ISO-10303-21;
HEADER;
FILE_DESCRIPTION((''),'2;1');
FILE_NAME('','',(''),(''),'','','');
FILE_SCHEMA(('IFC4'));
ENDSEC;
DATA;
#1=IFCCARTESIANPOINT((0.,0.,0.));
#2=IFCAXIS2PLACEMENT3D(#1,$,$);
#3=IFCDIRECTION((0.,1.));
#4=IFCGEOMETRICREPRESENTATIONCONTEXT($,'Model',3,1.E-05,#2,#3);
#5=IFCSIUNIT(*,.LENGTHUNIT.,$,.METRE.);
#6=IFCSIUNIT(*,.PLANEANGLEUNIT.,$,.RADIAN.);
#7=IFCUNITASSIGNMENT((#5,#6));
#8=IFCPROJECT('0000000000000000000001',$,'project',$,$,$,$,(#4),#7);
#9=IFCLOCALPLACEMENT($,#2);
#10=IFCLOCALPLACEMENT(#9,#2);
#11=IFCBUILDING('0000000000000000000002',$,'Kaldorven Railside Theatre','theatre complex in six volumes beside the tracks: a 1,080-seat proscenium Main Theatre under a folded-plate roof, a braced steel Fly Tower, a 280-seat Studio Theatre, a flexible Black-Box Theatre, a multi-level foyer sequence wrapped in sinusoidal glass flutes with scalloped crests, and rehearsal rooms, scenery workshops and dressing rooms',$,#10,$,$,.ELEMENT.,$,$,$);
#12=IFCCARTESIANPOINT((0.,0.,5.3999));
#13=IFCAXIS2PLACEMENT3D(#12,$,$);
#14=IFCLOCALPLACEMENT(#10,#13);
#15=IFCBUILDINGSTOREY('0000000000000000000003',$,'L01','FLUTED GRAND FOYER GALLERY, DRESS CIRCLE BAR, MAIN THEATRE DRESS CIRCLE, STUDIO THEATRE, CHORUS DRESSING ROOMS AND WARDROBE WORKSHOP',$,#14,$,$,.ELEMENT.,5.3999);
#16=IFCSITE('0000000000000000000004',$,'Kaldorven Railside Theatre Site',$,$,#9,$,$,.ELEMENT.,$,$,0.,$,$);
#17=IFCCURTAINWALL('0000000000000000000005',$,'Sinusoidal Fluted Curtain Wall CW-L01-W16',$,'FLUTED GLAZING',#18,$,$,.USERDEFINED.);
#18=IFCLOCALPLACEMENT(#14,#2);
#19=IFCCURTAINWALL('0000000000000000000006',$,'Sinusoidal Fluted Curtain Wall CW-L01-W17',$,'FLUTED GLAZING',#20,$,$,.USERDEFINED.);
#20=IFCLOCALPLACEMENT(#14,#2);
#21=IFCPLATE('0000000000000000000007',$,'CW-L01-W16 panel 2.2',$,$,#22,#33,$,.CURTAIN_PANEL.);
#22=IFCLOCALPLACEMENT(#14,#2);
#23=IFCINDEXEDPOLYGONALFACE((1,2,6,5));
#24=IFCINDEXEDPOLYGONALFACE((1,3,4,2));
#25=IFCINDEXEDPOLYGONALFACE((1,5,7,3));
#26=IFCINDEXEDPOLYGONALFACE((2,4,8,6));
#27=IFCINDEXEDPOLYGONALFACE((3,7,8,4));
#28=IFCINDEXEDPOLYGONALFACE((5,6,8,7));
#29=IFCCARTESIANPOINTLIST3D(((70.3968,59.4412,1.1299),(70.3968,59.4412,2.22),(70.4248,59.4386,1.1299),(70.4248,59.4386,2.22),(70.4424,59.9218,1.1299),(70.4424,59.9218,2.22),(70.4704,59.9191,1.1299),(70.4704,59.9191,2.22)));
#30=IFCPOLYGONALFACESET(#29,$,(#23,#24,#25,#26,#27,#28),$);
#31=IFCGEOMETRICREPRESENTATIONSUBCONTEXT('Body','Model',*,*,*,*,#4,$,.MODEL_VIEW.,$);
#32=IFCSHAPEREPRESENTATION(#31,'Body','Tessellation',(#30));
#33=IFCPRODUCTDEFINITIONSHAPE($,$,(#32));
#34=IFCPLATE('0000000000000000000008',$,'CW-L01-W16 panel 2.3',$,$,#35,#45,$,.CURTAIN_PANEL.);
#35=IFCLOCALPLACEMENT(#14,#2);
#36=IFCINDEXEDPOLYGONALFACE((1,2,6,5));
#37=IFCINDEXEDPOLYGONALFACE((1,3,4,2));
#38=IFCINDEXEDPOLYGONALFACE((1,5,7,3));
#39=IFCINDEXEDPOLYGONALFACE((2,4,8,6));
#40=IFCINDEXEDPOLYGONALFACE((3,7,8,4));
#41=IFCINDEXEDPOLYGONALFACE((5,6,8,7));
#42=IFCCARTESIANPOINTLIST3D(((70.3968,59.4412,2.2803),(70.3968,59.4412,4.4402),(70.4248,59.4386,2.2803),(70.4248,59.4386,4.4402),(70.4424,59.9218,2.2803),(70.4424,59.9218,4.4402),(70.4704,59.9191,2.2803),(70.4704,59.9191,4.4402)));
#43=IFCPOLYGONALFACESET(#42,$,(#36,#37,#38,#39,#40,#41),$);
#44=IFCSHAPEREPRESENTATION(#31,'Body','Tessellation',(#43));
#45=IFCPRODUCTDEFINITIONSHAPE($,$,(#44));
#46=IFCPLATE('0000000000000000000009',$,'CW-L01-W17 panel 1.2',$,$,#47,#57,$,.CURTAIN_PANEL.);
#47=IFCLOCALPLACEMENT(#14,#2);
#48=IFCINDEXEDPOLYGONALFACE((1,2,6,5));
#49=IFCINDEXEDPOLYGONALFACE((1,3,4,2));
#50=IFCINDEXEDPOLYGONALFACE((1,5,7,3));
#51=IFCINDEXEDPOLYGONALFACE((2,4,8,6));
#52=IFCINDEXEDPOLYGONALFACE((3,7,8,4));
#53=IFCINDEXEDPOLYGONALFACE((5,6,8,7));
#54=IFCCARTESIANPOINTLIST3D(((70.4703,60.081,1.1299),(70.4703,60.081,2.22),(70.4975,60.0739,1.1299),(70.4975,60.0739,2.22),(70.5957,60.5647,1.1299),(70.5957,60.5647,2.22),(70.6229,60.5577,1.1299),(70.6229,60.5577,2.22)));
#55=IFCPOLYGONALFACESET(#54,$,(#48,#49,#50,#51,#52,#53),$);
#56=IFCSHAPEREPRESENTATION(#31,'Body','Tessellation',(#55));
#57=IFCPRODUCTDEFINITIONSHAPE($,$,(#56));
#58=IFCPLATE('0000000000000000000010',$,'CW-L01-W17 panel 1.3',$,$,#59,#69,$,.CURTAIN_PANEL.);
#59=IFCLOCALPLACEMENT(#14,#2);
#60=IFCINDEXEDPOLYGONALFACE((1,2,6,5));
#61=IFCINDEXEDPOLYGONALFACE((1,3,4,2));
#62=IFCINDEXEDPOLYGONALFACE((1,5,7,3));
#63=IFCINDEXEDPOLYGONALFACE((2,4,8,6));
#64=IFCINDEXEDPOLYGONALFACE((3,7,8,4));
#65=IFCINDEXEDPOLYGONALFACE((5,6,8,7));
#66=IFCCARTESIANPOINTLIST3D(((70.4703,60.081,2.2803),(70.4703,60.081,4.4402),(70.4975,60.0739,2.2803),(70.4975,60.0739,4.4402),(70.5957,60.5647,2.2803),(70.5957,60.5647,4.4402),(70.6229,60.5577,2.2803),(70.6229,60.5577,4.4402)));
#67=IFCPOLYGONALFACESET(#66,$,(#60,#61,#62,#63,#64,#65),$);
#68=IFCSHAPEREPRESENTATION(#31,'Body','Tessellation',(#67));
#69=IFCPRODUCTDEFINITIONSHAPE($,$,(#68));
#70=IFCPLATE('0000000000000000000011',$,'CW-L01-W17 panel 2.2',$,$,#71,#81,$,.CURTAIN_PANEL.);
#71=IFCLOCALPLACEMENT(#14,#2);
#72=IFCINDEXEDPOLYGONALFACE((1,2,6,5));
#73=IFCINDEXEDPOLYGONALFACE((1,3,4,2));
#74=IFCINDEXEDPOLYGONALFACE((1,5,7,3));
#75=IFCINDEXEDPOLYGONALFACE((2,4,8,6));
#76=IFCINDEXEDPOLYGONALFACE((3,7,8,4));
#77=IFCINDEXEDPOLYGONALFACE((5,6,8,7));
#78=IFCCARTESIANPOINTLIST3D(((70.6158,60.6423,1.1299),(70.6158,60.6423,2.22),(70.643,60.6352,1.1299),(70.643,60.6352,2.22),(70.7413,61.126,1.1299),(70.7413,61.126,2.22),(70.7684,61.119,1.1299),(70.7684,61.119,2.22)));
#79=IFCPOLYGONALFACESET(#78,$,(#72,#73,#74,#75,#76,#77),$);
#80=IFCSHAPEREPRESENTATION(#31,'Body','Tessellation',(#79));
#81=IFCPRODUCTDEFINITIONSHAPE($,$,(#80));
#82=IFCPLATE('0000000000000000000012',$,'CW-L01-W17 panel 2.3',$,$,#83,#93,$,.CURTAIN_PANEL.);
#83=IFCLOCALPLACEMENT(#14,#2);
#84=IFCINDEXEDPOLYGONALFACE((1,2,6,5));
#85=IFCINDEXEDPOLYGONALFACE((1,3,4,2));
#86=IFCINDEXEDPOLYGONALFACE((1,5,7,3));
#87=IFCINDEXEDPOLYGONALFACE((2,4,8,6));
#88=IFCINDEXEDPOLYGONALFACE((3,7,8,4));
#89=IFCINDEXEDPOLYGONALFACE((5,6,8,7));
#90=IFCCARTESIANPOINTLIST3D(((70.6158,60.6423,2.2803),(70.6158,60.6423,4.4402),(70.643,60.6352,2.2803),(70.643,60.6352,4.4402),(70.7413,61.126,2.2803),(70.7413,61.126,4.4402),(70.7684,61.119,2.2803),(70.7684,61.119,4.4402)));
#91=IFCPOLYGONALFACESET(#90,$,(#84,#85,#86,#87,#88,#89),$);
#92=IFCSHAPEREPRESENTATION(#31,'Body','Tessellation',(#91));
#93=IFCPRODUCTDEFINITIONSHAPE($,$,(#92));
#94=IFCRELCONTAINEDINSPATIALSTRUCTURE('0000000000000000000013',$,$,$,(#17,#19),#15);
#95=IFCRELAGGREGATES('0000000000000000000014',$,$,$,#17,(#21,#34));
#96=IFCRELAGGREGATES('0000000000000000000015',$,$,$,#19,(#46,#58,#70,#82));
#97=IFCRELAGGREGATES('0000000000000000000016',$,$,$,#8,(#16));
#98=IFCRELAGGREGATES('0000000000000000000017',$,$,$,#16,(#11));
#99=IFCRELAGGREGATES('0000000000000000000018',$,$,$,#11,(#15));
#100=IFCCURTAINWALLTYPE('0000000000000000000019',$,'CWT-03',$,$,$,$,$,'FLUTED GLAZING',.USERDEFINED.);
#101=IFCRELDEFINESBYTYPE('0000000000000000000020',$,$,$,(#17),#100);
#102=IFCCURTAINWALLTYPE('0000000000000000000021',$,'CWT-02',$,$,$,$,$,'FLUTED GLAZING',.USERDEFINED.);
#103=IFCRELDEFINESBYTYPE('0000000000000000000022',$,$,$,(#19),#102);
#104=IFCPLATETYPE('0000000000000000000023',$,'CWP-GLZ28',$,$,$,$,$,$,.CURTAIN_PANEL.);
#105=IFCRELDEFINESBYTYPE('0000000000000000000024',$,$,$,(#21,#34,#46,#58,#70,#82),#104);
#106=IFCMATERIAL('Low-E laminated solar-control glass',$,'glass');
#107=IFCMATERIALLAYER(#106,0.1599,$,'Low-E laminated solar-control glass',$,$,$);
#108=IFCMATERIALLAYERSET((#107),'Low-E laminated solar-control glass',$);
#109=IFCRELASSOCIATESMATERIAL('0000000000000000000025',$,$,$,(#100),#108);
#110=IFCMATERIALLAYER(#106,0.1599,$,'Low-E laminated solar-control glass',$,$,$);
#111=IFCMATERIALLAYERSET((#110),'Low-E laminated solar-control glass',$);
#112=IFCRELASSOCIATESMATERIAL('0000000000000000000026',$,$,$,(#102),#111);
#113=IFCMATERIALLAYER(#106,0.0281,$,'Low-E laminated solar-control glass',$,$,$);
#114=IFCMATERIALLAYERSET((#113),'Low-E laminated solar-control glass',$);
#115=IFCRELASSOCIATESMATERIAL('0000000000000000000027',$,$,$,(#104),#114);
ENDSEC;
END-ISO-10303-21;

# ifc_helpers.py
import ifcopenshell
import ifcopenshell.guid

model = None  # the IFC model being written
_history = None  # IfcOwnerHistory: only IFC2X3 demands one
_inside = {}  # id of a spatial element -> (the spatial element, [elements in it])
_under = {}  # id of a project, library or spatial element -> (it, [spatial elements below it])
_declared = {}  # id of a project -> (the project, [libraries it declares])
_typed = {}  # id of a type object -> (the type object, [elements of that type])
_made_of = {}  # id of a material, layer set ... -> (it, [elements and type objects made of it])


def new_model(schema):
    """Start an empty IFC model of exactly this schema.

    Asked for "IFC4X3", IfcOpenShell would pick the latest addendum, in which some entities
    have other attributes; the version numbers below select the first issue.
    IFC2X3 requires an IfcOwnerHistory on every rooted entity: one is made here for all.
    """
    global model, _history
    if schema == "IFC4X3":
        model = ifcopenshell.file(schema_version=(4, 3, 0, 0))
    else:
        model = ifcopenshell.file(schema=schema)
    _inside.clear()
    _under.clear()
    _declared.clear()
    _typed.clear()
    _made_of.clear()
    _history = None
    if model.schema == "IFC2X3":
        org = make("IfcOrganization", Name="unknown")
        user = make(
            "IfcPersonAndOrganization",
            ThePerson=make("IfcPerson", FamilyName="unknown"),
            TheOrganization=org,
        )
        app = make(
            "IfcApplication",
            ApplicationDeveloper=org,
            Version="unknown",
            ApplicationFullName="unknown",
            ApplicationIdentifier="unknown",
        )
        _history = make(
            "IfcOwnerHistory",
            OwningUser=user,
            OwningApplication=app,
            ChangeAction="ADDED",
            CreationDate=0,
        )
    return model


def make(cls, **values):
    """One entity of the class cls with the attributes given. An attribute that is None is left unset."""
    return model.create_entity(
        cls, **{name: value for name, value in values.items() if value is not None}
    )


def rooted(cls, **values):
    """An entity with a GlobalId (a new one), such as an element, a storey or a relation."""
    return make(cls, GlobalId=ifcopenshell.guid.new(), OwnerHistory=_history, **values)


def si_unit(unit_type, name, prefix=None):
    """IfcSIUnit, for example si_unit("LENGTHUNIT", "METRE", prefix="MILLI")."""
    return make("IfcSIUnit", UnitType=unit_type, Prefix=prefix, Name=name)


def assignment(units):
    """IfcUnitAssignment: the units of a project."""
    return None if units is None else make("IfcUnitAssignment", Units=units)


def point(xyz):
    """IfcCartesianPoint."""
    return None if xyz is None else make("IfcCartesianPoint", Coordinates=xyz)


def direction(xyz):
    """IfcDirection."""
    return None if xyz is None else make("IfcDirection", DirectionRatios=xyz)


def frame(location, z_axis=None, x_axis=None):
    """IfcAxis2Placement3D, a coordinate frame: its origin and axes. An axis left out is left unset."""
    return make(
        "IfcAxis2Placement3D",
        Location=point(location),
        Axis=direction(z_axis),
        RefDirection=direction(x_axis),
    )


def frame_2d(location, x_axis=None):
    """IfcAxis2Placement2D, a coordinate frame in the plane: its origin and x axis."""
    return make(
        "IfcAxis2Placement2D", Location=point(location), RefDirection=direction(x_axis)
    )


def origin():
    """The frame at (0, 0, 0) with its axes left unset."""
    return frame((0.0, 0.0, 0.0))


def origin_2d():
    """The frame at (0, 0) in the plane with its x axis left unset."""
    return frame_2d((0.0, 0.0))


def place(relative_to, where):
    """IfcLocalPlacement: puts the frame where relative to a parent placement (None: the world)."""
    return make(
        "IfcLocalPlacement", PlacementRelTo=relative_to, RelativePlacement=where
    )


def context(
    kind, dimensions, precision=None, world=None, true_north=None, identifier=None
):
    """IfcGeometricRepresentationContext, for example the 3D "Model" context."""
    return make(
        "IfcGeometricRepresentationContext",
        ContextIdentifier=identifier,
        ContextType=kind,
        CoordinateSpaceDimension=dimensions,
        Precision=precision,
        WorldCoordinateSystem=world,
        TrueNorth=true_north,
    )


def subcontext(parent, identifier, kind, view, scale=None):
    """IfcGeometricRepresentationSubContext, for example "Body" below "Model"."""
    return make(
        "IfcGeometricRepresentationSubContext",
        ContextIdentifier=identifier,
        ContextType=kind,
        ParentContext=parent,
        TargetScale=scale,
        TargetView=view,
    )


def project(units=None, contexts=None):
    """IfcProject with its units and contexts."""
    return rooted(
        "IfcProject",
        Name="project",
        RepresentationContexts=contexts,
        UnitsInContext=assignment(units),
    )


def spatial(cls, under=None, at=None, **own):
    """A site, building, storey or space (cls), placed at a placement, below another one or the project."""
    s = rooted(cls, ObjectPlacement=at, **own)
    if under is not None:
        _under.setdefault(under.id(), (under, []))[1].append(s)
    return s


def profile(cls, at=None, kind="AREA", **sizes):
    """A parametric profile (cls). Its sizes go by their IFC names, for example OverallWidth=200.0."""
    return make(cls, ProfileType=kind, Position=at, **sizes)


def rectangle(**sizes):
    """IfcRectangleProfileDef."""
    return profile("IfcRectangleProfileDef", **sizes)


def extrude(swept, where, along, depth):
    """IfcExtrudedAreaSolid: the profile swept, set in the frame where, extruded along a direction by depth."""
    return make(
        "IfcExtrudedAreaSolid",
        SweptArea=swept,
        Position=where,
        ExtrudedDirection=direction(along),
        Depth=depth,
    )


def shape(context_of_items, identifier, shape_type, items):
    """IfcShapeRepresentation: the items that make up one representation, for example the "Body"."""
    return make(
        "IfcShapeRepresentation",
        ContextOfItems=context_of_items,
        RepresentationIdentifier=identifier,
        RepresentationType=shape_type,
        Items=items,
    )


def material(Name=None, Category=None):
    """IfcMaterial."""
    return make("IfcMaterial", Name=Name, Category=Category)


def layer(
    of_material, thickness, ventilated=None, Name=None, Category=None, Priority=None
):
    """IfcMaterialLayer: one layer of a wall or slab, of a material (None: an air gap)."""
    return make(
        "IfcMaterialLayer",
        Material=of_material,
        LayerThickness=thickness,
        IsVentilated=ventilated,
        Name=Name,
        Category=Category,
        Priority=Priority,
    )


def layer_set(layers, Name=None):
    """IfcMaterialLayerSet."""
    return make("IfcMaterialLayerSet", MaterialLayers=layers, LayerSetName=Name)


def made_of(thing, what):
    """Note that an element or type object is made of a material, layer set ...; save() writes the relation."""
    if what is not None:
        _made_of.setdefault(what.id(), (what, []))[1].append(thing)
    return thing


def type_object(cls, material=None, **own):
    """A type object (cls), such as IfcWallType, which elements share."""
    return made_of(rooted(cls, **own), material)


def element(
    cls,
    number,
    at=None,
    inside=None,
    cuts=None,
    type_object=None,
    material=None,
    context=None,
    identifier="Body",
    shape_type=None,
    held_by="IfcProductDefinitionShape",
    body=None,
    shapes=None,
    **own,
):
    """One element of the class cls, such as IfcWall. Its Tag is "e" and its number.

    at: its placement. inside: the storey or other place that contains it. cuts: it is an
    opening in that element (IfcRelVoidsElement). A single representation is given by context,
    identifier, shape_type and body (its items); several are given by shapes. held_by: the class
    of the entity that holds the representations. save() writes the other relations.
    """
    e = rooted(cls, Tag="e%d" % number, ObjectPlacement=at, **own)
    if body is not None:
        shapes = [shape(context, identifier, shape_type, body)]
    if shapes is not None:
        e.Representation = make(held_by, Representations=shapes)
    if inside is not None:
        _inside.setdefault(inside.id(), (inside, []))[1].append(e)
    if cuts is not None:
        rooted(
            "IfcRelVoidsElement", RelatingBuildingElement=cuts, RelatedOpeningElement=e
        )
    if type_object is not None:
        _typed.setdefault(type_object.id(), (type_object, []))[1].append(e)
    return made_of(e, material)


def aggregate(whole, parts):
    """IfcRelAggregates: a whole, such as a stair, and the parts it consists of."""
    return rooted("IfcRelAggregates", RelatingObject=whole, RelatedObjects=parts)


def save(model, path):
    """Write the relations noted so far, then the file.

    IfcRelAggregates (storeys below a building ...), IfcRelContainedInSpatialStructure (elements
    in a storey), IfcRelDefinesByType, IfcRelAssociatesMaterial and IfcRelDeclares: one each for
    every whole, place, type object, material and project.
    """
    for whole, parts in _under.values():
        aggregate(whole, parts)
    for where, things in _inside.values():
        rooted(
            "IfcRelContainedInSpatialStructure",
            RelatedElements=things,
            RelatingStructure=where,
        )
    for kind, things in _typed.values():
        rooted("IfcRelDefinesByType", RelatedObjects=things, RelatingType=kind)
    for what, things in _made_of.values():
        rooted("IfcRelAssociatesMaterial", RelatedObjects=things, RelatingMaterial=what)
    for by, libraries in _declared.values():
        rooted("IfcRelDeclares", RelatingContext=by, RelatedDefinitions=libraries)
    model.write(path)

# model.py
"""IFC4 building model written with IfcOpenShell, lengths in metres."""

from ifc_helpers import new_model, si_unit, direction, frame, origin, origin_2d, place, context, subcontext, project, spatial, rectangle, extrude, material, layer, layer_set, type_object, element, aggregate, save


model = new_model("IFC4")

# Units and contexts
model_context = context("Model", 3, precision=1e-05, world=origin(), true_north=direction((0.0, 1.0)))
body_context = subcontext(model_context, "Body", "Model", "MODEL_VIEW")
ifc_project = project(units=[si_unit("LENGTHUNIT", "METRE"), si_unit("PLANEANGLEUNIT", "RADIAN")], contexts=[model_context])

# Site, building, storey
site_placement = place(None, origin())
site = spatial("IfcSite", under=ifc_project, at=site_placement, Name="Kaldorven Railside Theatre Site", CompositionType="ELEMENT", RefElevation=0.0)
building_placement = place(site_placement, origin())
building = spatial("IfcBuilding", under=site, at=building_placement, Name="Kaldorven Railside Theatre", Description="theatre complex in six volumes beside the tracks: a 1,080-seat proscenium Main Theatre under a folded-plate roof, a braced steel Fly Tower, a 280-seat Studio Theatre, a flexible Black-Box Theatre, a multi-level foyer sequence wrapped in sinusoidal glass flutes with scalloped crests, and rehearsal rooms, scenery workshops and dressing rooms", CompositionType="ELEMENT")
storey_placement = place(building_placement, frame((0.0, 0.0, 5.3999)))
storey = spatial("IfcBuildingStorey", under=building, at=storey_placement, Name="L01", Description="FLUTED GRAND FOYER GALLERY, DRESS CIRCLE BAR, MAIN THEATRE DRESS CIRCLE, STUDIO THEATRE, CHORUS DRESSING ROOMS AND WARDROBE WORKSHOP", CompositionType="ELEMENT", Elevation=5.3999)

# Curtain walls
ifc_material_1 = material(Name="Low-E laminated solar-control glass", Category="glass")
ifc_layer_1 = layer(ifc_material_1, 0.1599, Name="Low-E laminated solar-control glass")
ifc_layer_set_1 = layer_set([ifc_layer_1], Name="Low-E laminated solar-control glass")
curtain_wall_type_1 = type_object("IfcCurtainWallType", Name="CWT-03", ElementType="FLUTED GLAZING", PredefinedType="USERDEFINED", material=ifc_layer_set_1)
curtain_wall_1_placement = place(storey_placement, origin())
curtain_wall_1 = element("IfcCurtainWall", 1, at=curtain_wall_1_placement, inside=storey, type_object=curtain_wall_type_1, Name="Sinusoidal Fluted Curtain Wall CW-L01-W16", ObjectType="FLUTED GLAZING", PredefinedType="USERDEFINED")
ifc_layer_2 = layer(ifc_material_1, 0.1599, Name="Low-E laminated solar-control glass")
ifc_layer_set_2 = layer_set([ifc_layer_2], Name="Low-E laminated solar-control glass")
curtain_wall_type_2 = type_object("IfcCurtainWallType", Name="CWT-02", ElementType="FLUTED GLAZING", PredefinedType="USERDEFINED", material=ifc_layer_set_2)
curtain_wall_2_placement = place(storey_placement, origin())
curtain_wall_2 = element("IfcCurtainWall", 2, at=curtain_wall_2_placement, inside=storey, type_object=curtain_wall_type_2, Name="Sinusoidal Fluted Curtain Wall CW-L01-W17", ObjectType="FLUTED GLAZING", PredefinedType="USERDEFINED")

# Plates
ifc_layer_3 = layer(ifc_material_1, 0.0281, Name="Low-E laminated solar-control glass")
ifc_layer_set_3 = layer_set([ifc_layer_3], Name="Low-E laminated solar-control glass")
plate_type = type_object("IfcPlateType", Name="CWP-GLZ28", PredefinedType="CURTAIN_PANEL", material=ifc_layer_set_3)
plate_1_placement = place(storey_placement, frame((70.4336, 59.6802, 1.1299), z_axis=(0.0, 0.0, 1.0), x_axis=(0.094492, 0.995526, 0.0)))
plate_1 = element("IfcPlate", 3, at=plate_1_placement, type_object=plate_type, Name="CW-L01-W16 panel 2.2", PredefinedType="CURTAIN_PANEL", context=body_context, shape_type="SweptSolid", body=[
    extrude(rectangle(XDim=0.4827, YDim=0.0281, at=origin_2d()), origin(), (0.0, 0.0, 1.0), 1.0901),
])
plate_2_placement = place(storey_placement, frame((70.4336, 59.6802, 2.2803), z_axis=(0.0, 0.0, 1.0), x_axis=(0.094492, 0.995526, 0.0)))
plate_2 = element("IfcPlate", 4, at=plate_2_placement, type_object=plate_type, Name="CW-L01-W16 panel 2.3", PredefinedType="CURTAIN_PANEL", context=body_context, shape_type="SweptSolid", body=[
    extrude(rectangle(XDim=0.4827, YDim=0.0281, at=origin_2d()), origin(), (0.0, 0.0, 1.0), 2.1599),
])
aggregate(curtain_wall_1, [plate_1, plate_2])
plate_3_placement = place(storey_placement, frame((70.5466, 60.3193, 1.1299), z_axis=(0.0, 0.0, 1.0), x_axis=(0.250954, 0.967999, 0.0)))
plate_3 = element("IfcPlate", 5, at=plate_3_placement, type_object=plate_type, Name="CW-L01-W17 panel 1.2", PredefinedType="CURTAIN_PANEL", context=body_context, shape_type="SweptSolid", body=[
    extrude(rectangle(XDim=0.4998, YDim=0.0281, at=origin_2d()), origin(), (0.0, 0.0, 1.0), 1.0901),
])
plate_4_placement = place(storey_placement, frame((70.5466, 60.3193, 2.2803), z_axis=(0.0, 0.0, 1.0), x_axis=(0.250954, 0.967999, 0.0)))
plate_4 = element("IfcPlate", 6, at=plate_4_placement, type_object=plate_type, Name="CW-L01-W17 panel 1.3", PredefinedType="CURTAIN_PANEL", context=body_context, shape_type="SweptSolid", body=[
    extrude(rectangle(XDim=0.4998, YDim=0.0281, at=origin_2d()), origin(), (0.0, 0.0, 1.0), 2.1599),
])
plate_5_placement = place(storey_placement, frame((70.6921, 60.8806, 1.1299), z_axis=(0.0, 0.0, 1.0), x_axis=(0.250954, 0.967999, 0.0)))
plate_5 = element("IfcPlate", 7, at=plate_5_placement, type_object=plate_type, Name="CW-L01-W17 panel 2.2", PredefinedType="CURTAIN_PANEL", context=body_context, shape_type="SweptSolid", body=[
    extrude(rectangle(XDim=0.4998, YDim=0.0281, at=origin_2d()), origin(), (0.0, 0.0, 1.0), 1.0901),
])
plate_6_placement = place(storey_placement, frame((70.6921, 60.8806, 2.2803), z_axis=(0.0, 0.0, 1.0), x_axis=(0.250954, 0.967999, 0.0)))
plate_6 = element("IfcPlate", 8, at=plate_6_placement, type_object=plate_type, Name="CW-L01-W17 panel 2.3", PredefinedType="CURTAIN_PANEL", context=body_context, shape_type="SweptSolid", body=[
    extrude(rectangle(XDim=0.4998, YDim=0.0281, at=origin_2d()), origin(), (0.0, 0.0, 1.0), 2.1599),
])
aggregate(curtain_wall_2, [plate_3, plate_4, plate_5, plate_6])

save(model, "model.ifc")
